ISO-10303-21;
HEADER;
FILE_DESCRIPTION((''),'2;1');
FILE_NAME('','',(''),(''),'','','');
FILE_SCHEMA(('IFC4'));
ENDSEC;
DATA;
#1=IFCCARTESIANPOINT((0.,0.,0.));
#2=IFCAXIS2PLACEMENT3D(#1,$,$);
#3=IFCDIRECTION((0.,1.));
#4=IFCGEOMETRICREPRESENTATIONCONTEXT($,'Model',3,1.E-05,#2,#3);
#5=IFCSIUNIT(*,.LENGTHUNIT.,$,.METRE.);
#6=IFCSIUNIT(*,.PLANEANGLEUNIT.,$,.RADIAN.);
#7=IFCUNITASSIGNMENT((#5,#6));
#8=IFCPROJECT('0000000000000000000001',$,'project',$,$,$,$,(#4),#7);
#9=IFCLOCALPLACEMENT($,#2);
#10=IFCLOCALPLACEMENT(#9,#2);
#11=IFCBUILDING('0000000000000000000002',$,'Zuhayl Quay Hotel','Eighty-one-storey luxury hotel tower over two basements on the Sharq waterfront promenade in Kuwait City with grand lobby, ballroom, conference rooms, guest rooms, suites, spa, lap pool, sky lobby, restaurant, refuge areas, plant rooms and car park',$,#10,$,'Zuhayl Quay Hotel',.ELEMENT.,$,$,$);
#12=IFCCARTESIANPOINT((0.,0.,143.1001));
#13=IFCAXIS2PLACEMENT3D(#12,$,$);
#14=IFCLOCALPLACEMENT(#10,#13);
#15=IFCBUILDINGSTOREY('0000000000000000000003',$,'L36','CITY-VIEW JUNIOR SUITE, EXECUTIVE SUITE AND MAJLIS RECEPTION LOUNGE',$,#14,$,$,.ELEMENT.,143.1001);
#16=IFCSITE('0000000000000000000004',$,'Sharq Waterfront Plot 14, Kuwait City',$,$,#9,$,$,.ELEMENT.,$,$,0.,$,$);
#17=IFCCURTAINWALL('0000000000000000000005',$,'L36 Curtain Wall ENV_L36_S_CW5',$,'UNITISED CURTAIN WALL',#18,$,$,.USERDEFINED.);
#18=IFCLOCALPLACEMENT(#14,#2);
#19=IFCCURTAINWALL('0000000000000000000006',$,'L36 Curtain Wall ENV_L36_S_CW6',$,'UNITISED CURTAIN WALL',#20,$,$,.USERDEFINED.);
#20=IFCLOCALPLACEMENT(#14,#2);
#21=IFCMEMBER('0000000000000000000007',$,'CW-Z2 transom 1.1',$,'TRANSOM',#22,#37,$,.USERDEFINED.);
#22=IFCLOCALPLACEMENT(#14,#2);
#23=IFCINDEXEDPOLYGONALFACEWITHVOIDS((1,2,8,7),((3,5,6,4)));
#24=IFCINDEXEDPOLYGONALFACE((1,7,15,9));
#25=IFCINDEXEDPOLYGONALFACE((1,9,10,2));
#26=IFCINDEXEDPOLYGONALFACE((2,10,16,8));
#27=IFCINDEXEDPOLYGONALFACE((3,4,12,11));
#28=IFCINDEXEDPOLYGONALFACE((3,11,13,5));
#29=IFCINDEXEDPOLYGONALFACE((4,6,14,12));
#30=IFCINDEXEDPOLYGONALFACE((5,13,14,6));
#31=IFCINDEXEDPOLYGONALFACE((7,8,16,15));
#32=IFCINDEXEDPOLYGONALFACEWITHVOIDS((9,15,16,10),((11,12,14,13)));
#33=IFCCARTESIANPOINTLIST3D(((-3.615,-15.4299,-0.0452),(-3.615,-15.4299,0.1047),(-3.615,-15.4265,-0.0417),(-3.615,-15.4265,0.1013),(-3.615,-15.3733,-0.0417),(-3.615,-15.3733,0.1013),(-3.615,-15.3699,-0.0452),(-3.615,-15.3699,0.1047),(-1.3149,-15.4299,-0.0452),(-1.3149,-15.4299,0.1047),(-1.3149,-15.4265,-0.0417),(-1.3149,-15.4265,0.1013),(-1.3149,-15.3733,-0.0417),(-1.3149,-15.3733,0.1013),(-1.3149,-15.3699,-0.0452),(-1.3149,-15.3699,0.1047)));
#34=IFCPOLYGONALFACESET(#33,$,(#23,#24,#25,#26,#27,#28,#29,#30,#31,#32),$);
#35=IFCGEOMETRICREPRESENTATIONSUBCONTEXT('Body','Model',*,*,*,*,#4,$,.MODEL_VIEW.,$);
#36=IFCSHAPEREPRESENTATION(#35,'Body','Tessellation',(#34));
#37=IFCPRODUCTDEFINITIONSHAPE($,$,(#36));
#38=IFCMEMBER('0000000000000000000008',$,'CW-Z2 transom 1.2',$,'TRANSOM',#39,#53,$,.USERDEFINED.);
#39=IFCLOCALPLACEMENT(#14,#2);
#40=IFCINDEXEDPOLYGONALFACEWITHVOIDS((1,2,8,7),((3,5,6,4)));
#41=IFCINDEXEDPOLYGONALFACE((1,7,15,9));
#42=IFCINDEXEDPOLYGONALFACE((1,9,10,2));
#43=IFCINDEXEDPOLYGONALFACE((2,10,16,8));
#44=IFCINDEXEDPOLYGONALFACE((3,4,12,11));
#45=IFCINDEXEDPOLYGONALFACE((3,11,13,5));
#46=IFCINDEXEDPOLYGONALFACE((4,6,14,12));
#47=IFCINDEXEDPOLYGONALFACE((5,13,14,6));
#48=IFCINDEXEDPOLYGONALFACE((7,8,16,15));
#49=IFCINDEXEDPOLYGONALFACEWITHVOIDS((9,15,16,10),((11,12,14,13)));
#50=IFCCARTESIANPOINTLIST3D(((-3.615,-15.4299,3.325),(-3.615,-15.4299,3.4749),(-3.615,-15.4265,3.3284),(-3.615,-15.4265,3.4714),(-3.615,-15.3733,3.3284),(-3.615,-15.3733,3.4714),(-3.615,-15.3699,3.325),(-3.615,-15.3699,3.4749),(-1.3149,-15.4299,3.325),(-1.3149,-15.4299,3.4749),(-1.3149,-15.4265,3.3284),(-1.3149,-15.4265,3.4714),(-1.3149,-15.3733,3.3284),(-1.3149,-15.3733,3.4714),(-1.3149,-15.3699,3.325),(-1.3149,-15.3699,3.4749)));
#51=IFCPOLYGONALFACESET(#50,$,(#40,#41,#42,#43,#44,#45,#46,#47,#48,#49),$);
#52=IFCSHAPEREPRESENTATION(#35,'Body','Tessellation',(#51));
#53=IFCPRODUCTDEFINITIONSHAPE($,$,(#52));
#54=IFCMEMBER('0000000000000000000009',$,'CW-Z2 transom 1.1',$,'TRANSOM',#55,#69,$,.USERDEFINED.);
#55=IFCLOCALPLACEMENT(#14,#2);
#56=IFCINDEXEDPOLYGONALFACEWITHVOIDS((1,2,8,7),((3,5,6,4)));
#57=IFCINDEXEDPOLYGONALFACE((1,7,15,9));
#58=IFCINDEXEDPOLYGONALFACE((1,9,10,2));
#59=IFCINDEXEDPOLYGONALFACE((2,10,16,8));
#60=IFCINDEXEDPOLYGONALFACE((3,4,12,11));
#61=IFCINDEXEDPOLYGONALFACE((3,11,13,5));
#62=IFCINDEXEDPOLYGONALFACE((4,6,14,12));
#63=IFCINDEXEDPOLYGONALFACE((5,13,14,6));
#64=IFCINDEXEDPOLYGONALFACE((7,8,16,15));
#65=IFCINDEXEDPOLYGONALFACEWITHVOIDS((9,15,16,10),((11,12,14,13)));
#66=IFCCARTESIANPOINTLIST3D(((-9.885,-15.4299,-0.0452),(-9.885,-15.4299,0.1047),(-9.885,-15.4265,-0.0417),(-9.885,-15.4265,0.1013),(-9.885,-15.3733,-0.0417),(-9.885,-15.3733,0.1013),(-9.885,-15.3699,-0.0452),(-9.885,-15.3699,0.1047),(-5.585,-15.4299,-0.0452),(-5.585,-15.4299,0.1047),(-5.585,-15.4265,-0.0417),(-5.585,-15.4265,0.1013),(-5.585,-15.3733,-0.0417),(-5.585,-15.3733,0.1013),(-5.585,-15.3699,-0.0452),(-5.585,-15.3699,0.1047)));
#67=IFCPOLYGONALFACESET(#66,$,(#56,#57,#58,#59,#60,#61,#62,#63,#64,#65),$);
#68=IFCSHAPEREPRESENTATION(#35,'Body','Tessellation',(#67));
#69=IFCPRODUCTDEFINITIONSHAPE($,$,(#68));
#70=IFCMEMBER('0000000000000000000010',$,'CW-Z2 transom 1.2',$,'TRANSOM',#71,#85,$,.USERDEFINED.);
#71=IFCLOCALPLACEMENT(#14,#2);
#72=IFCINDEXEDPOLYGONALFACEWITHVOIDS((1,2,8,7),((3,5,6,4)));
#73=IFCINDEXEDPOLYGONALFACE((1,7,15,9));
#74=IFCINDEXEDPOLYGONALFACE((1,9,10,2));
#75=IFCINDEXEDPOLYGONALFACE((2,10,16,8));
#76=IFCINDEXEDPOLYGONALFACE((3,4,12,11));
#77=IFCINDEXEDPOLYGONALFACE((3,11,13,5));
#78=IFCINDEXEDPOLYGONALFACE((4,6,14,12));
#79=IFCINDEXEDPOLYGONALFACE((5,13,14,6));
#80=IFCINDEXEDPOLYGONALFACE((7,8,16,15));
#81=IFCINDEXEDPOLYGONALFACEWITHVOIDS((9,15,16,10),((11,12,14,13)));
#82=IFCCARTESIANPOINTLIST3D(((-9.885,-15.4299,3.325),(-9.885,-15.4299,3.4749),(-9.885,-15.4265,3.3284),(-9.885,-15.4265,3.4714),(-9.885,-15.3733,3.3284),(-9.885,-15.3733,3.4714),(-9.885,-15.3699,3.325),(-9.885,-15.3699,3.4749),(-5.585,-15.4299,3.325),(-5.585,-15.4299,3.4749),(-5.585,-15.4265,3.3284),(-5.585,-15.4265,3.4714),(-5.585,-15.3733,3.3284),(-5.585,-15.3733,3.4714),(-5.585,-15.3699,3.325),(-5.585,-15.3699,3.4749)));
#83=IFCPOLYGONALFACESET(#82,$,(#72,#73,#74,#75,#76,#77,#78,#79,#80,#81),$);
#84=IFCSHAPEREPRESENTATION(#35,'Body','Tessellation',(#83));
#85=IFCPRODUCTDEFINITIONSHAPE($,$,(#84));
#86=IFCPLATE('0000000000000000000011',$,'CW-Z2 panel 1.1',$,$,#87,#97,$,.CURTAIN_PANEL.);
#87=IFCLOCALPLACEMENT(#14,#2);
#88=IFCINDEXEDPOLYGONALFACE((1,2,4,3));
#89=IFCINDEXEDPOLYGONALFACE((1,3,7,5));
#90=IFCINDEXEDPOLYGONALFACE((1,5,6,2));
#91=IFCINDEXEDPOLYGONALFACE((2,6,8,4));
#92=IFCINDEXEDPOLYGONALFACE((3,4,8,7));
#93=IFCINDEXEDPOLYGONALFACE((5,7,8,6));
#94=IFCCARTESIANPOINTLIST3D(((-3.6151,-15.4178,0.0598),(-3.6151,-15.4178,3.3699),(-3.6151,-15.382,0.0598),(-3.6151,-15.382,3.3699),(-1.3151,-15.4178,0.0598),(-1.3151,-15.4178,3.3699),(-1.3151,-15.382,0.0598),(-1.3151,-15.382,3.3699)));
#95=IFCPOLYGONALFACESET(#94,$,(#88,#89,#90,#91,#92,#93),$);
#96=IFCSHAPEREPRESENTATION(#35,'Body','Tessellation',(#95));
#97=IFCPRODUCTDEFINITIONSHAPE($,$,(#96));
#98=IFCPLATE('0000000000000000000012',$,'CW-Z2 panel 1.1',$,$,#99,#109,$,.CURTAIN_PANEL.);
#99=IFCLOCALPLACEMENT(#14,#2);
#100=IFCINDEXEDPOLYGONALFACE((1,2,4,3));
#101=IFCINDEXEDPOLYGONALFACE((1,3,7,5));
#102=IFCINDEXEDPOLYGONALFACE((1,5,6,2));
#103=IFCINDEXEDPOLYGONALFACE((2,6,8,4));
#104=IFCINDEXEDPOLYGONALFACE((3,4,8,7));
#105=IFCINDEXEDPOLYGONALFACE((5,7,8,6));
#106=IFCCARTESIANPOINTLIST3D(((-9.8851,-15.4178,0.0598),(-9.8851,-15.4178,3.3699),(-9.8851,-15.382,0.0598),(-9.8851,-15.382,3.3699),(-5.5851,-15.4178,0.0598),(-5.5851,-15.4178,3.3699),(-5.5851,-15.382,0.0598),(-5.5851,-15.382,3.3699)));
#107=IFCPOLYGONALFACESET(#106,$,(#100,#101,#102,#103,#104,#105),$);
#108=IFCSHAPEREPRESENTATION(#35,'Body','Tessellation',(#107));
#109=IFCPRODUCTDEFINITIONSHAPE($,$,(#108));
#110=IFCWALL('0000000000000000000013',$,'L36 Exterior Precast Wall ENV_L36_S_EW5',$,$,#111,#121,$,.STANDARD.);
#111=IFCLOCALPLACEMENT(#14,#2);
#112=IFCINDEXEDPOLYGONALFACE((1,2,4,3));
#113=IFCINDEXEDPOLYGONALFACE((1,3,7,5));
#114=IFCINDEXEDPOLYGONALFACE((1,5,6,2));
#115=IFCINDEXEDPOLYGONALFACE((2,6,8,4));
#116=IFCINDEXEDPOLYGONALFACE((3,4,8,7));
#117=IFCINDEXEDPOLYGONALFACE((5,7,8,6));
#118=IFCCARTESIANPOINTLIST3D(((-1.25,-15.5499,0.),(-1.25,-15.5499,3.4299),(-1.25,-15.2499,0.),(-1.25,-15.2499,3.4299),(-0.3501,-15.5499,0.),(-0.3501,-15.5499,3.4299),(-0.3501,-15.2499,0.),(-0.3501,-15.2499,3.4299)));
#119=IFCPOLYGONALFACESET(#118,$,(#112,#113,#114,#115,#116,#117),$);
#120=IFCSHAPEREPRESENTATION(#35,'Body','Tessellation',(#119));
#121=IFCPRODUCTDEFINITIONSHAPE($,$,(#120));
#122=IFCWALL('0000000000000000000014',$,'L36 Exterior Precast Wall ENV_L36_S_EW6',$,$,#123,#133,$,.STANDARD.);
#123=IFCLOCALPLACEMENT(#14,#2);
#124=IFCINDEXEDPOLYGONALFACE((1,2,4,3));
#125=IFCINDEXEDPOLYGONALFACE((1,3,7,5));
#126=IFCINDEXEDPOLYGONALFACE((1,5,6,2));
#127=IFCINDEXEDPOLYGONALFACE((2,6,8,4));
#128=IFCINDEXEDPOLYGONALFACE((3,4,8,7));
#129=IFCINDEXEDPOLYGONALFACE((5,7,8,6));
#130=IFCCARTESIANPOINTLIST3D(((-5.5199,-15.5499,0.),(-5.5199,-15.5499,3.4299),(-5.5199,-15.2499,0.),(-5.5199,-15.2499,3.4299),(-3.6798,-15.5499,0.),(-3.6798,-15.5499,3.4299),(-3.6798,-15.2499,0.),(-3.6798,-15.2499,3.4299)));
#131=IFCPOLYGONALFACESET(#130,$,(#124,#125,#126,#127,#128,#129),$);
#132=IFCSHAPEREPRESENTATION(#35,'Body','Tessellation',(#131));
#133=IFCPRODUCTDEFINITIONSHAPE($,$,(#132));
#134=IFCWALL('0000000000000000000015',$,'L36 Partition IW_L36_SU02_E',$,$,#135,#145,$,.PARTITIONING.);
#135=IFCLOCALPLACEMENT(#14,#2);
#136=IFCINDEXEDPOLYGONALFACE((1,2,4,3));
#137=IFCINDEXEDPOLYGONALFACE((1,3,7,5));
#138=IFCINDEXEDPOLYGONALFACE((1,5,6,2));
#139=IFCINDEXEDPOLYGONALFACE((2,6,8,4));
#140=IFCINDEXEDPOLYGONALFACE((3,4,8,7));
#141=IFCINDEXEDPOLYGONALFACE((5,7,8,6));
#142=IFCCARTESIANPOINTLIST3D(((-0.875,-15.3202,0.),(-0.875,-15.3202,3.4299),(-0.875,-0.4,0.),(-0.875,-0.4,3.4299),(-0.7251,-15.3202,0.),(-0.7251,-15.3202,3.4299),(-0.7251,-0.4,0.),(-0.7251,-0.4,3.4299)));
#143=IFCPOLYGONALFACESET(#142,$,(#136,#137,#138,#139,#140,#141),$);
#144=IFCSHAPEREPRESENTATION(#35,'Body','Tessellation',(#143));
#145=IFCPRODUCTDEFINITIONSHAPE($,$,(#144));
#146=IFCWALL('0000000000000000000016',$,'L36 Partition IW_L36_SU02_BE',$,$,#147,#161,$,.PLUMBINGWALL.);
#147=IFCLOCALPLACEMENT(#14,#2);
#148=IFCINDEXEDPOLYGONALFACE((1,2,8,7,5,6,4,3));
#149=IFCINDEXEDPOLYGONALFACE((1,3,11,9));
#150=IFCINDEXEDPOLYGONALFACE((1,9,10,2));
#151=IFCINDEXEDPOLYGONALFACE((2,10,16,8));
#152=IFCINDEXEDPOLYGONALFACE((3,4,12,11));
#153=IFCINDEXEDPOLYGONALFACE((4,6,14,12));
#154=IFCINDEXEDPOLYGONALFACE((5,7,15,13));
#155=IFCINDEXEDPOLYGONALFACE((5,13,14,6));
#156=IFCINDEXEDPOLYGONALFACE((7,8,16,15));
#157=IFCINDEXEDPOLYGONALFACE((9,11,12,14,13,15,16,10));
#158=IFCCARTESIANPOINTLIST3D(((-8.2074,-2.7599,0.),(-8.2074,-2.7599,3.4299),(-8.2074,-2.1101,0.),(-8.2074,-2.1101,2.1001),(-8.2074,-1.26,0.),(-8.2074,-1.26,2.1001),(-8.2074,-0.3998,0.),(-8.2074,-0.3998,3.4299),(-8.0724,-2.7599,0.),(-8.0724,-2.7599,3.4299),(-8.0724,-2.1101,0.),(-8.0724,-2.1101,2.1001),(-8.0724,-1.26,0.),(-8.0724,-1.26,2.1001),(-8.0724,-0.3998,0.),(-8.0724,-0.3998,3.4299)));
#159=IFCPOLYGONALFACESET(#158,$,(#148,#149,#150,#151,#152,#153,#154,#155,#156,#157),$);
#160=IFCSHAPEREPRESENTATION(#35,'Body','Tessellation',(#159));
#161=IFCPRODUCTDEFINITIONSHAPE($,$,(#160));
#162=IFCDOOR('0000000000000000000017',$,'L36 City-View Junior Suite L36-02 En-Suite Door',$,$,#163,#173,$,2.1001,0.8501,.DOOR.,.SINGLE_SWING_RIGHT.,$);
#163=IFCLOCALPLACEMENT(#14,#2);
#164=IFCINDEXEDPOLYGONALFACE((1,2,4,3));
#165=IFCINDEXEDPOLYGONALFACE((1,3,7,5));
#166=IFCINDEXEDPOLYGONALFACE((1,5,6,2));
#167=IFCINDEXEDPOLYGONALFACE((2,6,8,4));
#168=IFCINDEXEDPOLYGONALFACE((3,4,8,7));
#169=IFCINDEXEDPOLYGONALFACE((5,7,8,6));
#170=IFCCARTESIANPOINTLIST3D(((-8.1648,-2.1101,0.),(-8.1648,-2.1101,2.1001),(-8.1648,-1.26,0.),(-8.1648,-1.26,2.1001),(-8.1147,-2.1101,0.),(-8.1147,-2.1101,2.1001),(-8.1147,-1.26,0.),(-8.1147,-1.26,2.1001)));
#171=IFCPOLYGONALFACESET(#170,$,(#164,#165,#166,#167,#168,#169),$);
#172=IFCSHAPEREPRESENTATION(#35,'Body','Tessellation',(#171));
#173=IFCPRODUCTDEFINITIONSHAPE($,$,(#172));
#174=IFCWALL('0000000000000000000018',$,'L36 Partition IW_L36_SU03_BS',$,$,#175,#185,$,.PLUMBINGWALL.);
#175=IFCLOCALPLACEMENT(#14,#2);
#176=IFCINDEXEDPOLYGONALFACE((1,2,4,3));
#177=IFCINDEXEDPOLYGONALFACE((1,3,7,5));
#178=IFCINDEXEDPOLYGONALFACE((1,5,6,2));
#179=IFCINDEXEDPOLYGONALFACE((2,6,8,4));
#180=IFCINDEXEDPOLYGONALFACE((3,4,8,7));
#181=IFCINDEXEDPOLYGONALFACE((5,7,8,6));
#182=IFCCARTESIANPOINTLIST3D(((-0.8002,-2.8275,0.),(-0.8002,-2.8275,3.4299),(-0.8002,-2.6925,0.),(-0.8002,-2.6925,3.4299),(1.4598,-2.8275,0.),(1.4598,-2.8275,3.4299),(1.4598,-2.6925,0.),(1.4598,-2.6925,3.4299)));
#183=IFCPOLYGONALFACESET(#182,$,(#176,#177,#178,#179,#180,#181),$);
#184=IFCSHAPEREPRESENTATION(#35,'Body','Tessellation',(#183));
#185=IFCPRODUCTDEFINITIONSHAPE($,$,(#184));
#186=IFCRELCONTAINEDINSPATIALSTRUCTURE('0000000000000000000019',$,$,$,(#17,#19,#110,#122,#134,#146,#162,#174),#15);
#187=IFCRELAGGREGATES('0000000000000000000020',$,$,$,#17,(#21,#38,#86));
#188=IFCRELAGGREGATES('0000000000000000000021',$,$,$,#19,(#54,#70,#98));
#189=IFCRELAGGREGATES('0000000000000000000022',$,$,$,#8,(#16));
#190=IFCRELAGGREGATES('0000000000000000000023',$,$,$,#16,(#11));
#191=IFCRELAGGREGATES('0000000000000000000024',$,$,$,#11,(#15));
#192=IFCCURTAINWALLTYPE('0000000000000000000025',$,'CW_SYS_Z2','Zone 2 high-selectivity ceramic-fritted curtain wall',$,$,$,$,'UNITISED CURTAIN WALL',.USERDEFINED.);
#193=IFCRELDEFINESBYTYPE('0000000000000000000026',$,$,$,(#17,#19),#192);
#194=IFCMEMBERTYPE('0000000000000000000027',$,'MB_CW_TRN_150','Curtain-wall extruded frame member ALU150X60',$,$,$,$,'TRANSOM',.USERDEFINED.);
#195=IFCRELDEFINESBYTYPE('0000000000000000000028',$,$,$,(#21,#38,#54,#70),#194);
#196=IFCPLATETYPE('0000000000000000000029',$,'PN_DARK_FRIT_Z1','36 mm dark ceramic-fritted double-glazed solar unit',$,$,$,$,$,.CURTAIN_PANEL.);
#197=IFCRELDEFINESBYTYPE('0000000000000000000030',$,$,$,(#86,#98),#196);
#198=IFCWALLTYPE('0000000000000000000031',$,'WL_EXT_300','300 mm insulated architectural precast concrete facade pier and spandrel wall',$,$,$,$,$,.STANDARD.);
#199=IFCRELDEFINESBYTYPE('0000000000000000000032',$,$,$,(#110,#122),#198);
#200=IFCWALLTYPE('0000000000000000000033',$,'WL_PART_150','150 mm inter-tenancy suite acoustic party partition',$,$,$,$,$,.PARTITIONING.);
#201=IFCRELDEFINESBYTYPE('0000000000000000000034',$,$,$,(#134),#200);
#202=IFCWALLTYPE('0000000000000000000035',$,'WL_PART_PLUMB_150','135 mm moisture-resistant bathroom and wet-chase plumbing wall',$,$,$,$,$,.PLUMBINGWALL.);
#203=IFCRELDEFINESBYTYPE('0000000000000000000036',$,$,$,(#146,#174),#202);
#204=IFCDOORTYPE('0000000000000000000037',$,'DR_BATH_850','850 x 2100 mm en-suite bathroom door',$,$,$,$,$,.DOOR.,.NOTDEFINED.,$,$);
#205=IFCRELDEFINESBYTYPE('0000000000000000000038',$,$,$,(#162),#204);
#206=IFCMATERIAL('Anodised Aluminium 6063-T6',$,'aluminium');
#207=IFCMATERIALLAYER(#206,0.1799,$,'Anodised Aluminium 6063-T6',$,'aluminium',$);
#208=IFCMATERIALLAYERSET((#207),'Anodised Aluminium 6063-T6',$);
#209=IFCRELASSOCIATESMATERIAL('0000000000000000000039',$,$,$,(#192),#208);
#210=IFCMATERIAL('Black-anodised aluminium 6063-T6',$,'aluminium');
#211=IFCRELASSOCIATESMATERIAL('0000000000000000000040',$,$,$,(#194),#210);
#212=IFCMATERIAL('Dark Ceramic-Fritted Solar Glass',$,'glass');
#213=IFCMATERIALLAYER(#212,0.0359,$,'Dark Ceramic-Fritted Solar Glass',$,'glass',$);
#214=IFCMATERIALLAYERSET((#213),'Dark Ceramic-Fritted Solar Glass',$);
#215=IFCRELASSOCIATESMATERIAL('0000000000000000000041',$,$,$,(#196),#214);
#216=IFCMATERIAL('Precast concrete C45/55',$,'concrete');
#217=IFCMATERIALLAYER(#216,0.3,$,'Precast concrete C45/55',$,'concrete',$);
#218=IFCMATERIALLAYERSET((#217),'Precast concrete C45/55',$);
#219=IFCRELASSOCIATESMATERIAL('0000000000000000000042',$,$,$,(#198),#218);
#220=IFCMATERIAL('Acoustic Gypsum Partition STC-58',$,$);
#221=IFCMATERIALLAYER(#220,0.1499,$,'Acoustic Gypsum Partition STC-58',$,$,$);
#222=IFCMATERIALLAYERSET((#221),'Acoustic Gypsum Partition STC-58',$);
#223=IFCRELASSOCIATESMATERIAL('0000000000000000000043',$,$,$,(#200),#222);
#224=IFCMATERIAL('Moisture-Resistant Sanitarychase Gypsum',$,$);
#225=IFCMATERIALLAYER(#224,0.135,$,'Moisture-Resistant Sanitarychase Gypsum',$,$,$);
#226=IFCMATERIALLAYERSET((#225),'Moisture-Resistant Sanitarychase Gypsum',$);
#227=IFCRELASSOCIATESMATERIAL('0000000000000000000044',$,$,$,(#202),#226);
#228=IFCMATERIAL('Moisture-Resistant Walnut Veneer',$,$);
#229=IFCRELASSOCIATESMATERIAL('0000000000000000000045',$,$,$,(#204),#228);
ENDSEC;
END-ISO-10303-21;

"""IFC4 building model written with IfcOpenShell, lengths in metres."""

from ifc_helpers import new_model, si_unit, direction, frame, frame_2d, origin, origin_2d, place, context, subcontext, project, spatial, rectangle, hollow_rectangle, extrude, material, layer, layer_set, material_profile, profile_set, type_object, element, fill, aggregate, save


model = new_model("IFC4")

# Units and contexts
model_context = context("Model", 3, precision=1e-05, world=origin(), true_north=direction((0.0, 1.0)))
body_context = subcontext(model_context, "Body", "Model", "MODEL_VIEW")
ifc_project = project(units=[si_unit("LENGTHUNIT", "METRE"), si_unit("PLANEANGLEUNIT", "RADIAN")], contexts=[model_context])

# Site, building, storey
site_placement = place(None, origin())
site = spatial("IfcSite", under=ifc_project, at=site_placement, Name="Sharq Waterfront Plot 14, Kuwait City", CompositionType="ELEMENT", RefElevation=0.0)
building_placement = place(site_placement, origin())
building = spatial("IfcBuilding", under=site, at=building_placement, Name="Zuhayl Quay Hotel", Description="Eighty-one-storey luxury hotel tower over two basements on the Sharq waterfront promenade in Kuwait City with grand lobby, ballroom, conference rooms, guest rooms, suites, spa, lap pool, sky lobby, restaurant, refuge areas, plant rooms and car park", LongName="Zuhayl Quay Hotel", CompositionType="ELEMENT")
storey_placement = place(building_placement, frame((0.0, 0.0, 143.1001)))
storey = spatial("IfcBuildingStorey", under=building, at=storey_placement, Name="L36", Description="CITY-VIEW JUNIOR SUITE, EXECUTIVE SUITE AND MAJLIS RECEPTION LOUNGE", CompositionType="ELEMENT", Elevation=143.1001)

# Shared definitions
ifc_material_1 = material(Name="Anodised Aluminium 6063-T6", Category="aluminium")
ifc_layer_1 = layer(ifc_material_1, 0.1799, Name="Anodised Aluminium 6063-T6", Category="aluminium")
ifc_layer_set_1 = layer_set([ifc_layer_1], Name="Anodised Aluminium 6063-T6")
curtain_wall_type = type_object("IfcCurtainWallType", Name="CW_SYS_Z2", Description="Zone 2 high-selectivity ceramic-fritted curtain wall", ElementType="UNITISED CURTAIN WALL", PredefinedType="USERDEFINED", material=ifc_layer_set_1)
ifc_material_2 = material(Name="Black-anodised aluminium 6063-T6", Category="aluminium")

# Curtain wall
curtain_wall_1_placement = place(storey_placement, origin())
curtain_wall_1 = element("IfcCurtainWall", 1, at=curtain_wall_1_placement, inside=storey, type_object=curtain_wall_type, Name="L36 Curtain Wall ENV_L36_S_CW5", ObjectType="UNITISED CURTAIN WALL", PredefinedType="USERDEFINED")

# Curtain wall
curtain_wall_2_placement = place(storey_placement, origin())
curtain_wall_2 = element("IfcCurtainWall", 2, at=curtain_wall_2_placement, inside=storey, type_object=curtain_wall_type, Name="L36 Curtain Wall ENV_L36_S_CW6", ObjectType="UNITISED CURTAIN WALL", PredefinedType="USERDEFINED")

# Members
ifc_material_profile_1 = material_profile(ifc_material_2, hollow_rectangle(XDim=0.0601, YDim=0.1499, WallThickness=0.0034, at=origin_2d()), Name="ALU150X60")
ifc_profile_set_1 = profile_set([ifc_material_profile_1], Name="Black-anodised aluminium 6063-T6")
member_type_1 = type_object("IfcMemberType", Name="MB_CW_TRN_150", Description="Curtain-wall extruded frame member ALU150X60", ElementType="TRANSOM", PredefinedType="USERDEFINED", material=ifc_profile_set_1)
member_1_placement = place(storey_placement, frame((-1.3149, -15.3999, 0.0298), z_axis=(-1.0, 0.0, 0.0), x_axis=(0.0, -1.0, 0.0)))
member_1 = element("IfcMember", 3, at=member_1_placement, type_object=member_type_1, Name="CW-Z2 transom 1.1", ObjectType="TRANSOM", PredefinedType="USERDEFINED", context=body_context, shape_type="SweptSolid", body=[
    extrude(hollow_rectangle(XDim=0.0601, YDim=0.1499, WallThickness=0.0034, at=origin_2d()), origin(), (0.0, 0.0, 1.0), 2.3),
])
member_2_placement = place(storey_placement, frame((-1.3149, -15.3999, 3.3999), z_axis=(-1.0, 0.0, 0.0), x_axis=(0.0, -1.0, 0.0)))
member_2 = element("IfcMember", 4, at=member_2_placement, type_object=member_type_1, Name="CW-Z2 transom 1.2", ObjectType="TRANSOM", PredefinedType="USERDEFINED", context=body_context, shape_type="SweptSolid", body=[
    extrude(hollow_rectangle(XDim=0.0601, YDim=0.1499, WallThickness=0.0034, at=origin_2d()), origin(), (0.0, 0.0, 1.0), 2.3),
])
member_3_placement = place(storey_placement, frame((-5.585, -15.3999, 0.0298), z_axis=(-1.0, 0.0, 0.0), x_axis=(0.0, -1.0, 0.0)))
member_3 = element("IfcMember", 5, at=member_3_placement, type_object=member_type_1, Name="CW-Z2 transom 1.1", ObjectType="TRANSOM", PredefinedType="USERDEFINED", context=body_context, shape_type="SweptSolid", body=[
    extrude(hollow_rectangle(XDim=0.0601, YDim=0.1499, WallThickness=0.0034, at=origin_2d()), origin(), (0.0, 0.0, 1.0), 4.3),
])
member_4_placement = place(storey_placement, frame((-5.585, -15.3999, 3.3999), z_axis=(-1.0, 0.0, 0.0), x_axis=(0.0, -1.0, 0.0)))
member_4 = element("IfcMember", 6, at=member_4_placement, type_object=member_type_1, Name="CW-Z2 transom 1.2", ObjectType="TRANSOM", PredefinedType="USERDEFINED", context=body_context, shape_type="SweptSolid", body=[
    extrude(hollow_rectangle(XDim=0.0601, YDim=0.1499, WallThickness=0.0034, at=origin_2d()), origin(), (0.0, 0.0, 1.0), 4.3),
])

# Plates
ifc_material_3 = material(Name="Dark Ceramic-Fritted Solar Glass", Category="glass")
ifc_layer_2 = layer(ifc_material_3, 0.0359, Name="Dark Ceramic-Fritted Solar Glass", Category="glass")
ifc_layer_set_2 = layer_set([ifc_layer_2], Name="Dark Ceramic-Fritted Solar Glass")
plate_type = type_object("IfcPlateType", Name="PN_DARK_FRIT_Z1", Description="36 mm dark ceramic-fritted double-glazed solar unit", PredefinedType="CURTAIN_PANEL", material=ifc_layer_set_2)
plate_1_placement = place(storey_placement, frame((-2.4651, -15.3999, 0.0598), z_axis=(0.0, 0.0, 1.0), x_axis=(-1.0, 0.0, 0.0)))
plate_1 = element("IfcPlate", 7, at=plate_1_placement, type_object=plate_type, Name="CW-Z2 panel 1.1", PredefinedType="CURTAIN_PANEL", context=body_context, shape_type="SweptSolid", body=[
    extrude(rectangle(XDim=2.3, YDim=0.0359, at=origin_2d()), origin(), (0.0, 0.0, 1.0), 3.3101),
])
aggregate(curtain_wall_1, [member_1, member_2, plate_1])
plate_2_placement = place(storey_placement, frame((-7.7351, -15.3999, 0.0598), z_axis=(0.0, 0.0, 1.0), x_axis=(-1.0, 0.0, 0.0)))
plate_2 = element("IfcPlate", 8, at=plate_2_placement, type_object=plate_type, Name="CW-Z2 panel 1.1", PredefinedType="CURTAIN_PANEL", context=body_context, shape_type="SweptSolid", body=[
    extrude(rectangle(XDim=4.3, YDim=0.0359, at=origin_2d()), origin(), (0.0, 0.0, 1.0), 3.3101),
])
aggregate(curtain_wall_2, [member_3, member_4, plate_2])

# Walls
ifc_material_4 = material(Name="Precast concrete C45/55", Category="concrete")
ifc_layer_3 = layer(ifc_material_4, 0.3, Name="Precast concrete C45/55", Category="concrete")
ifc_layer_set_3 = layer_set([ifc_layer_3], Name="Precast concrete C45/55")
wall_type_1 = type_object("IfcWallType", Name="WL_EXT_300", Description="300 mm insulated architectural precast concrete facade pier and spandrel wall", PredefinedType="STANDARD", material=ifc_layer_set_3)
wall_1_placement = place(storey_placement, frame((-0.3501, -15.3999, 0.0), z_axis=(0.0, 0.0, 1.0), x_axis=(-1.0, 0.0, 0.0)))
element("IfcWall", 9, at=wall_1_placement, inside=storey, type_object=wall_type_1, Name="L36 Exterior Precast Wall ENV_L36_S_EW5", PredefinedType="STANDARD", context=body_context, shape_type="SweptSolid", body=[
    extrude(rectangle(XDim=0.8999, YDim=0.3, at=frame_2d((0.45, 0.0))), origin(), (0.0, 0.0, 1.0), 3.4299),
])
wall_2_placement = place(storey_placement, frame((-3.6799, -15.3999, 0.0), z_axis=(0.0, 0.0, 1.0), x_axis=(-1.0, 0.0, 0.0)))
element("IfcWall", 10, at=wall_2_placement, inside=storey, type_object=wall_type_1, Name="L36 Exterior Precast Wall ENV_L36_S_EW6", PredefinedType="STANDARD", context=body_context, shape_type="SweptSolid", body=[
    extrude(rectangle(XDim=1.8401, YDim=0.3, at=frame_2d((0.9199, 0.0))), origin(), (0.0, 0.0, 1.0), 3.4299),
])
ifc_material_5 = material(Name="Acoustic Gypsum Partition STC-58")
ifc_layer_4 = layer(ifc_material_5, 0.1499, Name="Acoustic Gypsum Partition STC-58")
ifc_layer_set_4 = layer_set([ifc_layer_4], Name="Acoustic Gypsum Partition STC-58")
wall_type_2 = type_object("IfcWallType", Name="WL_PART_150", Description="150 mm inter-tenancy suite acoustic party partition", PredefinedType="PARTITIONING", material=ifc_layer_set_4)
wall_3_placement = place(storey_placement, frame((-0.8, -15.3201, 0.0), z_axis=(0.0, 0.0, 1.0), x_axis=(0.0, 1.0, 0.0)))
element("IfcWall", 11, at=wall_3_placement, inside=storey, type_object=wall_type_2, Name="L36 Partition IW_L36_SU02_E", PredefinedType="PARTITIONING", context=body_context, shape_type="SweptSolid", body=[
    extrude(rectangle(XDim=14.9202, YDim=0.1499, at=frame_2d((7.46, 0.0))), origin(), (0.0, 0.0, 1.0), 3.4299),
])

# Wall, opening, door
ifc_material_6 = material(Name="Moisture-Resistant Sanitarychase Gypsum")
ifc_layer_5 = layer(ifc_material_6, 0.135, Name="Moisture-Resistant Sanitarychase Gypsum")
ifc_layer_set_5 = layer_set([ifc_layer_5], Name="Moisture-Resistant Sanitarychase Gypsum")
wall_type_3 = type_object("IfcWallType", Name="WL_PART_PLUMB_150", Description="135 mm moisture-resistant bathroom and wet-chase plumbing wall", PredefinedType="PLUMBINGWALL", material=ifc_layer_set_5)
wall_4_placement = place(storey_placement, frame((-8.1399, -2.76, 0.0), z_axis=(0.0, 0.0, 1.0), x_axis=(0.0, 1.0, 0.0)))
wall_4 = element("IfcWall", 12, at=wall_4_placement, inside=storey, type_object=wall_type_3, Name="L36 Partition IW_L36_SU02_BE", PredefinedType="PLUMBINGWALL", context=body_context, shape_type="SweptSolid", body=[
    extrude(rectangle(XDim=2.3601, YDim=0.135, at=frame_2d((1.1802, 0.0))), origin(), (0.0, 0.0, 1.0), 3.4299),
])
opening_placement = place(wall_4_placement, frame((0.6499, 0.0, 0.0)))
opening = element("IfcOpeningElement", 13, at=opening_placement, cuts=wall_4, PredefinedType="OPENING", context=body_context, shape_type="SweptSolid", body=[
    extrude(rectangle(XDim=0.8501, YDim=2.1001, at=frame_2d((0.425, 1.05))), frame((0.0, 0.0774, 0.0), z_axis=(0.0, -1.0, 0.0), x_axis=(1.0, 0.0, 0.0)), (0.0, 0.0, 1.0), 0.155),
])
ifc_material_7 = material(Name="Moisture-Resistant Walnut Veneer")
door_type = type_object("IfcDoorType", Name="DR_BATH_850", Description="850 x 2100 mm en-suite bathroom door", OperationType="NOTDEFINED", PredefinedType="DOOR", material=ifc_material_7)
door_placement = place(opening_placement, origin())
door = element("IfcDoor", 14, at=door_placement, inside=storey, type_object=door_type, Name="L36 City-View Junior Suite L36-02 En-Suite Door", OperationType="SINGLE_SWING_RIGHT", OverallHeight=2.1001, OverallWidth=0.8501, PredefinedType="DOOR", context=body_context, shape_type="SweptSolid", body=[
    extrude(rectangle(XDim=0.8501, YDim=2.1001, at=frame_2d((0.425, 1.05))), frame((0.0, 0.0249, 0.0), z_axis=(0.0, -1.0, 0.0), x_axis=(1.0, 0.0, 0.0)), (0.0, 0.0, 1.0), 0.05),
])
fill(opening, door)

# Wall
wall_5_placement = place(storey_placement, frame((-0.8, -2.76, 0.0), z_axis=(0.0, 0.0, 1.0), x_axis=(1.0, 0.0, 0.0)))
element("IfcWall", 15, at=wall_5_placement, inside=storey, type_object=wall_type_3, Name="L36 Partition IW_L36_SU03_BS", PredefinedType="PLUMBINGWALL", context=body_context, shape_type="SweptSolid", body=[
    extrude(rectangle(XDim=2.26, YDim=0.135, at=frame_2d((1.1299, 0.0))), origin(), (0.0, 0.0, 1.0), 3.4299),
])

save(model, "model.ifc")
